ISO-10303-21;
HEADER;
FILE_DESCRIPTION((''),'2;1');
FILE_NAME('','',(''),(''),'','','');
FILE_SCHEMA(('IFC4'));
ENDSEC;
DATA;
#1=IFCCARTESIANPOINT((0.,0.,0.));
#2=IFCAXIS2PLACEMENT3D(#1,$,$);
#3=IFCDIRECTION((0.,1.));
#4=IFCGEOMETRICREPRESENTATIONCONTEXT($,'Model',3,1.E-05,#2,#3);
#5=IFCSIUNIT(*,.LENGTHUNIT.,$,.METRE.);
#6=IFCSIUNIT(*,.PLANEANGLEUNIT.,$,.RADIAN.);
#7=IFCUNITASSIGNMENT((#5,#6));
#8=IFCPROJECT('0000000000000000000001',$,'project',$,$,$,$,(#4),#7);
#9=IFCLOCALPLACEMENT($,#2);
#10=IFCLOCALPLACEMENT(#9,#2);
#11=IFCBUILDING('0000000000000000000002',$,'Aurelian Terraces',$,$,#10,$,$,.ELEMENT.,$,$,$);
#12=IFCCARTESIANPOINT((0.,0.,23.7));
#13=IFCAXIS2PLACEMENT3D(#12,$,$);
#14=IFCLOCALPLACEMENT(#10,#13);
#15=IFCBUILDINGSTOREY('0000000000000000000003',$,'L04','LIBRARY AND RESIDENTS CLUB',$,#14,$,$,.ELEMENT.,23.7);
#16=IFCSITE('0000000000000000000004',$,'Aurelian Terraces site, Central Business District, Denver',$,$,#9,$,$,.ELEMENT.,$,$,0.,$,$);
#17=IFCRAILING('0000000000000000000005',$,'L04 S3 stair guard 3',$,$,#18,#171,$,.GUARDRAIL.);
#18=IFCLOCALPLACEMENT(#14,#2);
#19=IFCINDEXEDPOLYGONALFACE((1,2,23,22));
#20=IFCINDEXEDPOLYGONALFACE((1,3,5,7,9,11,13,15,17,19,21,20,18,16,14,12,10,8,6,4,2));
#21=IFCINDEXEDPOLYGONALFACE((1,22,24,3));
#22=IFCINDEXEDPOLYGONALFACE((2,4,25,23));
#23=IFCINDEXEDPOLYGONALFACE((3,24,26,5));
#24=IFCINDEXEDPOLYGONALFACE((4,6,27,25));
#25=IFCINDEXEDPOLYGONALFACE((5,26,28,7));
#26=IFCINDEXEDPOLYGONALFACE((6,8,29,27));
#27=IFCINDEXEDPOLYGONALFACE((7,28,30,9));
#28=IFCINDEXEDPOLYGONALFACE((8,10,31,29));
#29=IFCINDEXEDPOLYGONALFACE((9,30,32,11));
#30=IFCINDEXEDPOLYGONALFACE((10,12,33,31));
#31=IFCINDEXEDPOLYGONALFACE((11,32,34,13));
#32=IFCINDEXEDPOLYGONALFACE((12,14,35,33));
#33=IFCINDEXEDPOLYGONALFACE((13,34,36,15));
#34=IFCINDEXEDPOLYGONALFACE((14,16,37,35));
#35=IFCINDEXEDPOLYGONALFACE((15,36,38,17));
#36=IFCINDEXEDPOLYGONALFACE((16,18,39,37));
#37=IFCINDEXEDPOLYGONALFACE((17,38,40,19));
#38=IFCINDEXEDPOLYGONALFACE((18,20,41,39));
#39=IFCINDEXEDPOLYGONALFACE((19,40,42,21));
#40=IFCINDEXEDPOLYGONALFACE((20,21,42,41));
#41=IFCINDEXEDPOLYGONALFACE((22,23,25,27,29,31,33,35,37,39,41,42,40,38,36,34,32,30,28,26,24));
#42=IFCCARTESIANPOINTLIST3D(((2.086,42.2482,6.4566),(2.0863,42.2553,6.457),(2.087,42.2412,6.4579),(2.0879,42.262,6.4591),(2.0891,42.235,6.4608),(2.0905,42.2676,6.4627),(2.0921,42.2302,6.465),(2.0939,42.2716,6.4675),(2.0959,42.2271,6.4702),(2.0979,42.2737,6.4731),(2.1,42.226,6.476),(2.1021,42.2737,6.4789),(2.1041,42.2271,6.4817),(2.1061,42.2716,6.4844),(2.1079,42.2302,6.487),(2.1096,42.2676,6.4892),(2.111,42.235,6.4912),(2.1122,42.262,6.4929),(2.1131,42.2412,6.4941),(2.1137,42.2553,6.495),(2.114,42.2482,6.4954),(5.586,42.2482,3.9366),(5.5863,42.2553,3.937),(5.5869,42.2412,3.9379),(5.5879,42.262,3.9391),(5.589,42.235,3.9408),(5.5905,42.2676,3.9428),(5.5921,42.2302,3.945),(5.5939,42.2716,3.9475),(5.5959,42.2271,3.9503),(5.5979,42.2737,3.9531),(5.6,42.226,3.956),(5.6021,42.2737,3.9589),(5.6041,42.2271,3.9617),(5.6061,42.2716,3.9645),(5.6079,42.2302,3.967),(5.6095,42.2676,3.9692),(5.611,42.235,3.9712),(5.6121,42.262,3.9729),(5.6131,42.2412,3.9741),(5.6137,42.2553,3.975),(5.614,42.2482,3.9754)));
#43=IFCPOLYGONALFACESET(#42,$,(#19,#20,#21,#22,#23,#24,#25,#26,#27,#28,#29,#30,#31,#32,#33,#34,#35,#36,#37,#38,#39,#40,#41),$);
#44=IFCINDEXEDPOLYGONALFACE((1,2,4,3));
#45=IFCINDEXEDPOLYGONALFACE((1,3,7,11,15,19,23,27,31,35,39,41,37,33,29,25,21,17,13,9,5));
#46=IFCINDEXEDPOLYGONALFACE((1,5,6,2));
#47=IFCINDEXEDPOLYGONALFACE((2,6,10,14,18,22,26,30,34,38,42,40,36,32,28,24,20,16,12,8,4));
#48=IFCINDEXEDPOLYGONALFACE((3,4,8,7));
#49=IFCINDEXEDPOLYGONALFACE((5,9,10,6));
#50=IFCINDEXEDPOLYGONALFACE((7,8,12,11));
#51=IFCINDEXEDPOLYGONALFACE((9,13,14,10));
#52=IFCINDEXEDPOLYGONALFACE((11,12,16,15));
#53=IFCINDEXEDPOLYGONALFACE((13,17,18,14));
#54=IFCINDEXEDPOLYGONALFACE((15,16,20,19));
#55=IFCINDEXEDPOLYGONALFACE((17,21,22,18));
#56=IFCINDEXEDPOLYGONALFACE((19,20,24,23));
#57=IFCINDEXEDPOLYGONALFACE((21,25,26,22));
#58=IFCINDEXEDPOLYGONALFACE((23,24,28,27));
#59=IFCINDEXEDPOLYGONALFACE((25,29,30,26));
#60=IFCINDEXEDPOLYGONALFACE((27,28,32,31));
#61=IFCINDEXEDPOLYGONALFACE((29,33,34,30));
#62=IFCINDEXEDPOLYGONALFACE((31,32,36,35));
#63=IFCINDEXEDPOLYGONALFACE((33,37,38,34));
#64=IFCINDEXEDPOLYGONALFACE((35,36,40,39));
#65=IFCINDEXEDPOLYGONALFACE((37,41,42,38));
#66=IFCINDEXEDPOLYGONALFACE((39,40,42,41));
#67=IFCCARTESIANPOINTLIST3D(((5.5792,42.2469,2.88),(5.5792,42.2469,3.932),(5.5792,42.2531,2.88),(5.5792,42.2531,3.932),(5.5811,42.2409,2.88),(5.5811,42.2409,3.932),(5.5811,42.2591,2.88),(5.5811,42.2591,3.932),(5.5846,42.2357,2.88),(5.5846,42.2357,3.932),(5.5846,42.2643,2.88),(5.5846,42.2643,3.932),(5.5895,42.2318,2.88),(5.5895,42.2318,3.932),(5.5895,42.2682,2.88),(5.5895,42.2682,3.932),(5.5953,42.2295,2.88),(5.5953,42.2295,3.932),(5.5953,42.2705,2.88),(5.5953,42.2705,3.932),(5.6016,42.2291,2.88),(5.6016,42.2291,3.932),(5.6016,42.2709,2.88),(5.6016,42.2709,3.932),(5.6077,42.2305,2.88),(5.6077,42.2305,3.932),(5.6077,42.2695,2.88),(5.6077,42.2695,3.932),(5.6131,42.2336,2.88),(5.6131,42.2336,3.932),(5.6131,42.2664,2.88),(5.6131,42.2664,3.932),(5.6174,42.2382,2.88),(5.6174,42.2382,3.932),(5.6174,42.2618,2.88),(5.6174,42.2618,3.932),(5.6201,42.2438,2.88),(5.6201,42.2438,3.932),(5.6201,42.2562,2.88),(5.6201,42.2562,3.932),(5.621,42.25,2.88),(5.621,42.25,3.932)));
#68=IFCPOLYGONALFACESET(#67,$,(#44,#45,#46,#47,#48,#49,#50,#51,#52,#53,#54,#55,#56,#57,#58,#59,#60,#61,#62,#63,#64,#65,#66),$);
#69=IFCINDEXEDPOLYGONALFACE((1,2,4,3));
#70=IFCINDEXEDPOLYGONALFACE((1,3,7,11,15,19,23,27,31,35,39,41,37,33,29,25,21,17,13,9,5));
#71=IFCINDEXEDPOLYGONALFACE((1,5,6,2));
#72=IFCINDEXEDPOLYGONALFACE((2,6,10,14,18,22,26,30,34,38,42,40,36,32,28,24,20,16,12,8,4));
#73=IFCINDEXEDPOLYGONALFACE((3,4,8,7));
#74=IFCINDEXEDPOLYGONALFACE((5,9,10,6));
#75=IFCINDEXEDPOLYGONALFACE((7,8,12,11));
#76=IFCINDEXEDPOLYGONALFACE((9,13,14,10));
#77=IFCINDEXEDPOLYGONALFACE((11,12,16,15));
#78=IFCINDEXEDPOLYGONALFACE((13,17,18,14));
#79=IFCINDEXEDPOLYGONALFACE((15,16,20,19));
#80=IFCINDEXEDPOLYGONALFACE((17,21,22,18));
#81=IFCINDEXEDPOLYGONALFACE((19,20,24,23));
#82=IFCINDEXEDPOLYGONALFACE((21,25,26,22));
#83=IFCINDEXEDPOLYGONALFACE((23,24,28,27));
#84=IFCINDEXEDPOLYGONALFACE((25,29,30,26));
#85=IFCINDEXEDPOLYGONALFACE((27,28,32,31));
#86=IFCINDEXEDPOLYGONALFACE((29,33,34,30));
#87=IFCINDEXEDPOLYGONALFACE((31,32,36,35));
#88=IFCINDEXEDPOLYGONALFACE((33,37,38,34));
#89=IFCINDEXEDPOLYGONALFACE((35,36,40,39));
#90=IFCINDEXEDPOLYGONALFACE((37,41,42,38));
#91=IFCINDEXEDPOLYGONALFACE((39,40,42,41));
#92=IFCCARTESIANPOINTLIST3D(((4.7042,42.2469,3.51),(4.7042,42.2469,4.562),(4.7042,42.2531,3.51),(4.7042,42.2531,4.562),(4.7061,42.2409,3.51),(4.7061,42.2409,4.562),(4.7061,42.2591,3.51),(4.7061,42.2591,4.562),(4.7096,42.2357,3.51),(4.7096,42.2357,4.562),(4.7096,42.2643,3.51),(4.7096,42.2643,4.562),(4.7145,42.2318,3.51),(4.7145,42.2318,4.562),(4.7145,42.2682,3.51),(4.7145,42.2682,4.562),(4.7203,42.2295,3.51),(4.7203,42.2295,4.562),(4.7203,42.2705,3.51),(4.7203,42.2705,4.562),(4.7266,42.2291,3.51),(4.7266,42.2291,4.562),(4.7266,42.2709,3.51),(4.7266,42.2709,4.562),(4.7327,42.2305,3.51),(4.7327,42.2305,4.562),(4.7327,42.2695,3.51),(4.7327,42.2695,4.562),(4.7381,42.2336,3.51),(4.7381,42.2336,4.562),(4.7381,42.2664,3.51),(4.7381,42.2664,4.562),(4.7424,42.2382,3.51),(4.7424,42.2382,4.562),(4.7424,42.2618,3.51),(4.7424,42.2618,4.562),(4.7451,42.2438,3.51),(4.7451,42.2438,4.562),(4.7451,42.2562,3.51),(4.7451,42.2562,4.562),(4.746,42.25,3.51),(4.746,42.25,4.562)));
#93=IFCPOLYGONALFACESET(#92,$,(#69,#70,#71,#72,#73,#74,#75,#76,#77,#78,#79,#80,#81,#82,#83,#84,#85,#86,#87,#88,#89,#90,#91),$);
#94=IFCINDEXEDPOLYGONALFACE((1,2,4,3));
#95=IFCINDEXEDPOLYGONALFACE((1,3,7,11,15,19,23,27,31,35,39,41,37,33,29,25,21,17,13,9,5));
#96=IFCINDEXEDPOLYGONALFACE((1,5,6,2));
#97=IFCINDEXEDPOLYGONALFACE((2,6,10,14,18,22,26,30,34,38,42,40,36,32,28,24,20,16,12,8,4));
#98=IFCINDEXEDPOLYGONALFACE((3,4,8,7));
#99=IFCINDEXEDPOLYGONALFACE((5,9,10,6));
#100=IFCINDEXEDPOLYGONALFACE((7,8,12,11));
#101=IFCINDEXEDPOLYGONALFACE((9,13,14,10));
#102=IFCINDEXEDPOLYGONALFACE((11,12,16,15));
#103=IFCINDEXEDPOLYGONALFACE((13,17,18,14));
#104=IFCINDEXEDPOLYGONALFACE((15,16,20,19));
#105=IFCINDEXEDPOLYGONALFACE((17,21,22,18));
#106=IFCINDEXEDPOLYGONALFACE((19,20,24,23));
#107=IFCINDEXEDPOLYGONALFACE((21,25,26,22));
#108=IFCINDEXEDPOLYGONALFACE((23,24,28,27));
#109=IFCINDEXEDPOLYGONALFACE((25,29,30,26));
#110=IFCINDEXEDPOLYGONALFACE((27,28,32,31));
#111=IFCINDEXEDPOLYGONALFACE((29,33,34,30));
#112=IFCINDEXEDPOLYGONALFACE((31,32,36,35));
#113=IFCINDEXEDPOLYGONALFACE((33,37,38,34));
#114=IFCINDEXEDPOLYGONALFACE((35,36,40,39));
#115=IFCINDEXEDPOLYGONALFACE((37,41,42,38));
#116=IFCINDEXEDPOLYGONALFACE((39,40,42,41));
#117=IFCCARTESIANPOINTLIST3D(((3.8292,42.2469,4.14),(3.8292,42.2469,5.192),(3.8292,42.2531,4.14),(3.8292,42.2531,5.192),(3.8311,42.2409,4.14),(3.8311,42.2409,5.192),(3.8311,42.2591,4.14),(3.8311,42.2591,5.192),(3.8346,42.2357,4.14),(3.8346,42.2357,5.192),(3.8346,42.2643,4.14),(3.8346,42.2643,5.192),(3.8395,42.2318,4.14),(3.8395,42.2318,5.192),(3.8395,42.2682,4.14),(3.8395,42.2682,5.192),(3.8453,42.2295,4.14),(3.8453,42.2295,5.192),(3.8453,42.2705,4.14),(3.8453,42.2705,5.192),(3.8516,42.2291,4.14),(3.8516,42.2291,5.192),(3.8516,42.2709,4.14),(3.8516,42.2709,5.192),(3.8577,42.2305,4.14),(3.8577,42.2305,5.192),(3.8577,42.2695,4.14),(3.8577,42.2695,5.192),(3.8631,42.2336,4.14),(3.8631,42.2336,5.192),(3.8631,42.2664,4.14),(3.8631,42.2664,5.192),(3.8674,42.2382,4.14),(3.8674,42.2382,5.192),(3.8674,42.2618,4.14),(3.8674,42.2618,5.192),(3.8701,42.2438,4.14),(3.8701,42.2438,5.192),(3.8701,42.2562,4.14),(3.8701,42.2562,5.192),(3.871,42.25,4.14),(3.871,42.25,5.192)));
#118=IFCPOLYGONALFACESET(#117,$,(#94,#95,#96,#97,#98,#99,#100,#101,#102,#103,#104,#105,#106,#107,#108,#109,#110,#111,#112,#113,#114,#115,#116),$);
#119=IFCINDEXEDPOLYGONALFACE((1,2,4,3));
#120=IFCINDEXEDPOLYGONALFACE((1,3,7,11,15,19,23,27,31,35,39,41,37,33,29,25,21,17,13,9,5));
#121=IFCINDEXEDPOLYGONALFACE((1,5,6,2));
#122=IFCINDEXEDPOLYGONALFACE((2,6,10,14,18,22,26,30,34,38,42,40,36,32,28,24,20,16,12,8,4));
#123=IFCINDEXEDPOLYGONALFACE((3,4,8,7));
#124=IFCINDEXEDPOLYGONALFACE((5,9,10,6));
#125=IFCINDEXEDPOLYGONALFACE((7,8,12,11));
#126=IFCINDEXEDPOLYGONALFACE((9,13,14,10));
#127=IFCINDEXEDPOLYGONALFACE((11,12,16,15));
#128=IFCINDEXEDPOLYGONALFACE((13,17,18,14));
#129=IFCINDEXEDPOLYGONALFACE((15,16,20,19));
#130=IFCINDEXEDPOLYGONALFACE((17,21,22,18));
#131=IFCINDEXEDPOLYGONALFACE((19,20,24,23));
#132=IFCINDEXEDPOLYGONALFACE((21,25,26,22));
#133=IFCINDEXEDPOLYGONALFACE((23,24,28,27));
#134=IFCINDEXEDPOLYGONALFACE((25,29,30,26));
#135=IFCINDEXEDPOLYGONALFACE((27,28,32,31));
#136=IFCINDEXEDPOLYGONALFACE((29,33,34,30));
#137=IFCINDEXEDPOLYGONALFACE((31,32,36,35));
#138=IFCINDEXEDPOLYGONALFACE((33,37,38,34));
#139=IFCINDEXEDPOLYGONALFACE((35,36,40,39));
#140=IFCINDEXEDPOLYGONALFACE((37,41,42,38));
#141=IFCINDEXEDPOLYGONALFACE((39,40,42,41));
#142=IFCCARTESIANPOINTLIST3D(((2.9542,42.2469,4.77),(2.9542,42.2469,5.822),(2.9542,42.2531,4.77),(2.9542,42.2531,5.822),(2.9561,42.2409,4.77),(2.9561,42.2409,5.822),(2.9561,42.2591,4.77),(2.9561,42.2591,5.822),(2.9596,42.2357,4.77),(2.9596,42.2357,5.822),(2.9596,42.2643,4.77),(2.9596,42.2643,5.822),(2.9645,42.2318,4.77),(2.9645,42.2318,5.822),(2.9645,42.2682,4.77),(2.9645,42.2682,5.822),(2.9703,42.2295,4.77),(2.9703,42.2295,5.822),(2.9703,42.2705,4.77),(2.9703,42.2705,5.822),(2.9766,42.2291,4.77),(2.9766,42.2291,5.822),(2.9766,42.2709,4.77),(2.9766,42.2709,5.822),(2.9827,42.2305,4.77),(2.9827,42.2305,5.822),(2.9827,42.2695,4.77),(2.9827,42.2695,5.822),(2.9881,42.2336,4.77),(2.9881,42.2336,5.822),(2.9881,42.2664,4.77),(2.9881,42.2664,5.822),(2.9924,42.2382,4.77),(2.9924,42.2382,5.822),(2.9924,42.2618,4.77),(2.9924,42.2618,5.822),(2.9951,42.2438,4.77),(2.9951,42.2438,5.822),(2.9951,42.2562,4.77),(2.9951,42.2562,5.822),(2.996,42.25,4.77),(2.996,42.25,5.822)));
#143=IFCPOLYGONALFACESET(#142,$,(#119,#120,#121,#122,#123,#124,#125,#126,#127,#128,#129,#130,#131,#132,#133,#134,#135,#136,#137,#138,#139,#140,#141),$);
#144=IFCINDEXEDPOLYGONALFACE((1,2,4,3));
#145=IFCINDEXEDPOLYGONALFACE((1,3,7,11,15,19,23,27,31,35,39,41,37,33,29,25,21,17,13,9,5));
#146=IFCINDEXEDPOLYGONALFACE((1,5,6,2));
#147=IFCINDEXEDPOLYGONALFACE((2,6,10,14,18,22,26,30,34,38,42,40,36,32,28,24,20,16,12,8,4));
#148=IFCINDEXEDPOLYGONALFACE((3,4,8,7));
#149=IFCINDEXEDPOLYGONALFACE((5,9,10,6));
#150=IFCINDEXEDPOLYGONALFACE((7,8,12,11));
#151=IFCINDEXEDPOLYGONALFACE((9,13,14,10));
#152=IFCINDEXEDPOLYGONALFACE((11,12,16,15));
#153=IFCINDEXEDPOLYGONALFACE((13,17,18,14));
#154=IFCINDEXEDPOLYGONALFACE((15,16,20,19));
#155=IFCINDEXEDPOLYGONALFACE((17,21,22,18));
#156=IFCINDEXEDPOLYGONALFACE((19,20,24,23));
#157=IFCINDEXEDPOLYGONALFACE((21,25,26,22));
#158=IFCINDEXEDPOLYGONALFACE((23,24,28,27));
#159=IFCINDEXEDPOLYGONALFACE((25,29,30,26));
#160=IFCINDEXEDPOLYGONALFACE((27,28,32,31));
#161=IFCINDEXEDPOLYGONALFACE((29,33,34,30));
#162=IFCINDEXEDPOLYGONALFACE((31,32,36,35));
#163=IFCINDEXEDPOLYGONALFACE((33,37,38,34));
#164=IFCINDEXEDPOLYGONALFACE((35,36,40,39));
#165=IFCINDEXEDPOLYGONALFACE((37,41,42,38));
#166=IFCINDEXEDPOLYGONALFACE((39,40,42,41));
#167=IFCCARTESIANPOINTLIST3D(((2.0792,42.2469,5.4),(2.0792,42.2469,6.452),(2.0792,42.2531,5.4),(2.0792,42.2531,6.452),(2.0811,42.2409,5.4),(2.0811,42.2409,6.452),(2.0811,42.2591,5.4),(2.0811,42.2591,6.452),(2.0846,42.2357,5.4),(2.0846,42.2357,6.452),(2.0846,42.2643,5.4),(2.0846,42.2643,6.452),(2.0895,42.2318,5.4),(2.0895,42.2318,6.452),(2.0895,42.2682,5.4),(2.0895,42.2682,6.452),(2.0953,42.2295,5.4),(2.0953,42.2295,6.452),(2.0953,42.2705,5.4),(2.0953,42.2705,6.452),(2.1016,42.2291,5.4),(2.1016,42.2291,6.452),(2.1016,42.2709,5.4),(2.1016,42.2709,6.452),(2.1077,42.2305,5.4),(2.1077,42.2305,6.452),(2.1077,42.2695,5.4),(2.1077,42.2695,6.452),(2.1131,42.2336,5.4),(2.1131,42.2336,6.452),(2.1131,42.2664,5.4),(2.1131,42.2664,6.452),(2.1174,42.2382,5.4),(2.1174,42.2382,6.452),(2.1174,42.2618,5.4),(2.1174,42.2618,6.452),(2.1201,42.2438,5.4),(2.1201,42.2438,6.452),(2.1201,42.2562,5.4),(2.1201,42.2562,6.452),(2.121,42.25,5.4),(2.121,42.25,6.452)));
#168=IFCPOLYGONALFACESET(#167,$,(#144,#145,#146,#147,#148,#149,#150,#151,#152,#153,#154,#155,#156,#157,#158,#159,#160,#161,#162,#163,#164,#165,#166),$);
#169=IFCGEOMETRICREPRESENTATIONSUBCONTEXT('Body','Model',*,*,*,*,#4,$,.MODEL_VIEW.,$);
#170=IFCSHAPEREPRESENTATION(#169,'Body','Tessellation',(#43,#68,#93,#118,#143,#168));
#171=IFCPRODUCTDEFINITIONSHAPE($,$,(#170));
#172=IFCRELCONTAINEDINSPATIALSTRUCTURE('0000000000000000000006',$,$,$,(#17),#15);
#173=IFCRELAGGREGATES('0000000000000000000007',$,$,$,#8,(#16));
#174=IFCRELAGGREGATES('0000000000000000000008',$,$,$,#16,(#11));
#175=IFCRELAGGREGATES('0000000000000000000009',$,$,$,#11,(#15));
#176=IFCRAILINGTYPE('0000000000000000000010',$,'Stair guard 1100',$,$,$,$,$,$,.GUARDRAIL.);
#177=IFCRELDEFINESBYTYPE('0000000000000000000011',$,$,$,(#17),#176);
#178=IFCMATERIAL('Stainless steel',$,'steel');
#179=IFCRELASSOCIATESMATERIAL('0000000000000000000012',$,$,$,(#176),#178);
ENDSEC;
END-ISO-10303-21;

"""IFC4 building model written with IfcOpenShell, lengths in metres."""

from ifc_helpers import new_model, si_unit, direction, frame, origin, origin_2d, place, context, subcontext, project, spatial, circle, extrude, source, transform, mapped, material, type_object, element, save


model = new_model("IFC4")

# Units and contexts
model_context = context("Model", 3, precision=1e-05, world=origin(), true_north=direction((0.0, 1.0)))
body_context = subcontext(model_context, "Body", "Model", "MODEL_VIEW")
ifc_project = project(units=[si_unit("LENGTHUNIT", "METRE"), si_unit("PLANEANGLEUNIT", "RADIAN")], contexts=[model_context])

# Site, building, storey
site_placement = place(None, origin())
site = spatial("IfcSite", under=ifc_project, at=site_placement, Name="Aurelian Terraces site, Central Business District, Denver", CompositionType="ELEMENT", RefElevation=0.0)
building_placement = place(site_placement, origin())
building = spatial("IfcBuilding", under=site, at=building_placement, Name="Aurelian Terraces", CompositionType="ELEMENT")
storey_placement = place(building_placement, frame((0.0, 0.0, 23.7)))
storey = spatial("IfcBuildingStorey", under=building, at=storey_placement, Name="L04", Description="LIBRARY AND RESIDENTS CLUB", CompositionType="ELEMENT", Elevation=23.7)

# Railing
ifc_material_1 = material(Name="Stainless steel", Category="steel")
railing_type_1 = type_object("IfcRailingType", Name="Stair guard 1100", PredefinedType="GUARDRAIL", material=ifc_material_1)
shared_shape_1 = source(origin(), body_context, "Body", "SweptSolid", [
    extrude(circle(Radius=0.024, at=origin_2d()), frame((0.0, 0.0, 1.076), z_axis=(-0.811534, 0.0, 0.584305), x_axis=(0.0, -1.0, 0.0)), (0.0, 0.0, 1.0), 4.3128),
    extrude(circle(Radius=0.021, at=origin_2d()), origin(), (0.0, 0.0, 1.0), 1.052),
    extrude(circle(Radius=0.021, at=origin_2d()), frame((-0.875, 0.0, 0.63)), (0.0, 0.0, 1.0), 1.052),
    extrude(circle(Radius=0.021, at=origin_2d()), frame((-1.75, 0.0, 1.26)), (0.0, 0.0, 1.0), 1.052),
    extrude(circle(Radius=0.021, at=origin_2d()), frame((-2.625, 0.0, 1.89)), (0.0, 0.0, 1.0), 1.052),
    extrude(circle(Radius=0.021, at=origin_2d()), frame((-3.5, 0.0, 2.52)), (0.0, 0.0, 1.0), 1.052),
])
railing_1_placement = place(storey_placement, frame((5.6, 42.25, 2.88)))
element("IfcRailing", 1, at=railing_1_placement, inside=storey, type_object=railing_type_1, Name="L04 S3 stair guard 3", PredefinedType="GUARDRAIL", context=body_context, shape_type="MappedRepresentation", body=[
    mapped(shared_shape_1, transform((0.0, 0.0, 0.0), scale=1.0)),
])

save(model, "model.ifc")
